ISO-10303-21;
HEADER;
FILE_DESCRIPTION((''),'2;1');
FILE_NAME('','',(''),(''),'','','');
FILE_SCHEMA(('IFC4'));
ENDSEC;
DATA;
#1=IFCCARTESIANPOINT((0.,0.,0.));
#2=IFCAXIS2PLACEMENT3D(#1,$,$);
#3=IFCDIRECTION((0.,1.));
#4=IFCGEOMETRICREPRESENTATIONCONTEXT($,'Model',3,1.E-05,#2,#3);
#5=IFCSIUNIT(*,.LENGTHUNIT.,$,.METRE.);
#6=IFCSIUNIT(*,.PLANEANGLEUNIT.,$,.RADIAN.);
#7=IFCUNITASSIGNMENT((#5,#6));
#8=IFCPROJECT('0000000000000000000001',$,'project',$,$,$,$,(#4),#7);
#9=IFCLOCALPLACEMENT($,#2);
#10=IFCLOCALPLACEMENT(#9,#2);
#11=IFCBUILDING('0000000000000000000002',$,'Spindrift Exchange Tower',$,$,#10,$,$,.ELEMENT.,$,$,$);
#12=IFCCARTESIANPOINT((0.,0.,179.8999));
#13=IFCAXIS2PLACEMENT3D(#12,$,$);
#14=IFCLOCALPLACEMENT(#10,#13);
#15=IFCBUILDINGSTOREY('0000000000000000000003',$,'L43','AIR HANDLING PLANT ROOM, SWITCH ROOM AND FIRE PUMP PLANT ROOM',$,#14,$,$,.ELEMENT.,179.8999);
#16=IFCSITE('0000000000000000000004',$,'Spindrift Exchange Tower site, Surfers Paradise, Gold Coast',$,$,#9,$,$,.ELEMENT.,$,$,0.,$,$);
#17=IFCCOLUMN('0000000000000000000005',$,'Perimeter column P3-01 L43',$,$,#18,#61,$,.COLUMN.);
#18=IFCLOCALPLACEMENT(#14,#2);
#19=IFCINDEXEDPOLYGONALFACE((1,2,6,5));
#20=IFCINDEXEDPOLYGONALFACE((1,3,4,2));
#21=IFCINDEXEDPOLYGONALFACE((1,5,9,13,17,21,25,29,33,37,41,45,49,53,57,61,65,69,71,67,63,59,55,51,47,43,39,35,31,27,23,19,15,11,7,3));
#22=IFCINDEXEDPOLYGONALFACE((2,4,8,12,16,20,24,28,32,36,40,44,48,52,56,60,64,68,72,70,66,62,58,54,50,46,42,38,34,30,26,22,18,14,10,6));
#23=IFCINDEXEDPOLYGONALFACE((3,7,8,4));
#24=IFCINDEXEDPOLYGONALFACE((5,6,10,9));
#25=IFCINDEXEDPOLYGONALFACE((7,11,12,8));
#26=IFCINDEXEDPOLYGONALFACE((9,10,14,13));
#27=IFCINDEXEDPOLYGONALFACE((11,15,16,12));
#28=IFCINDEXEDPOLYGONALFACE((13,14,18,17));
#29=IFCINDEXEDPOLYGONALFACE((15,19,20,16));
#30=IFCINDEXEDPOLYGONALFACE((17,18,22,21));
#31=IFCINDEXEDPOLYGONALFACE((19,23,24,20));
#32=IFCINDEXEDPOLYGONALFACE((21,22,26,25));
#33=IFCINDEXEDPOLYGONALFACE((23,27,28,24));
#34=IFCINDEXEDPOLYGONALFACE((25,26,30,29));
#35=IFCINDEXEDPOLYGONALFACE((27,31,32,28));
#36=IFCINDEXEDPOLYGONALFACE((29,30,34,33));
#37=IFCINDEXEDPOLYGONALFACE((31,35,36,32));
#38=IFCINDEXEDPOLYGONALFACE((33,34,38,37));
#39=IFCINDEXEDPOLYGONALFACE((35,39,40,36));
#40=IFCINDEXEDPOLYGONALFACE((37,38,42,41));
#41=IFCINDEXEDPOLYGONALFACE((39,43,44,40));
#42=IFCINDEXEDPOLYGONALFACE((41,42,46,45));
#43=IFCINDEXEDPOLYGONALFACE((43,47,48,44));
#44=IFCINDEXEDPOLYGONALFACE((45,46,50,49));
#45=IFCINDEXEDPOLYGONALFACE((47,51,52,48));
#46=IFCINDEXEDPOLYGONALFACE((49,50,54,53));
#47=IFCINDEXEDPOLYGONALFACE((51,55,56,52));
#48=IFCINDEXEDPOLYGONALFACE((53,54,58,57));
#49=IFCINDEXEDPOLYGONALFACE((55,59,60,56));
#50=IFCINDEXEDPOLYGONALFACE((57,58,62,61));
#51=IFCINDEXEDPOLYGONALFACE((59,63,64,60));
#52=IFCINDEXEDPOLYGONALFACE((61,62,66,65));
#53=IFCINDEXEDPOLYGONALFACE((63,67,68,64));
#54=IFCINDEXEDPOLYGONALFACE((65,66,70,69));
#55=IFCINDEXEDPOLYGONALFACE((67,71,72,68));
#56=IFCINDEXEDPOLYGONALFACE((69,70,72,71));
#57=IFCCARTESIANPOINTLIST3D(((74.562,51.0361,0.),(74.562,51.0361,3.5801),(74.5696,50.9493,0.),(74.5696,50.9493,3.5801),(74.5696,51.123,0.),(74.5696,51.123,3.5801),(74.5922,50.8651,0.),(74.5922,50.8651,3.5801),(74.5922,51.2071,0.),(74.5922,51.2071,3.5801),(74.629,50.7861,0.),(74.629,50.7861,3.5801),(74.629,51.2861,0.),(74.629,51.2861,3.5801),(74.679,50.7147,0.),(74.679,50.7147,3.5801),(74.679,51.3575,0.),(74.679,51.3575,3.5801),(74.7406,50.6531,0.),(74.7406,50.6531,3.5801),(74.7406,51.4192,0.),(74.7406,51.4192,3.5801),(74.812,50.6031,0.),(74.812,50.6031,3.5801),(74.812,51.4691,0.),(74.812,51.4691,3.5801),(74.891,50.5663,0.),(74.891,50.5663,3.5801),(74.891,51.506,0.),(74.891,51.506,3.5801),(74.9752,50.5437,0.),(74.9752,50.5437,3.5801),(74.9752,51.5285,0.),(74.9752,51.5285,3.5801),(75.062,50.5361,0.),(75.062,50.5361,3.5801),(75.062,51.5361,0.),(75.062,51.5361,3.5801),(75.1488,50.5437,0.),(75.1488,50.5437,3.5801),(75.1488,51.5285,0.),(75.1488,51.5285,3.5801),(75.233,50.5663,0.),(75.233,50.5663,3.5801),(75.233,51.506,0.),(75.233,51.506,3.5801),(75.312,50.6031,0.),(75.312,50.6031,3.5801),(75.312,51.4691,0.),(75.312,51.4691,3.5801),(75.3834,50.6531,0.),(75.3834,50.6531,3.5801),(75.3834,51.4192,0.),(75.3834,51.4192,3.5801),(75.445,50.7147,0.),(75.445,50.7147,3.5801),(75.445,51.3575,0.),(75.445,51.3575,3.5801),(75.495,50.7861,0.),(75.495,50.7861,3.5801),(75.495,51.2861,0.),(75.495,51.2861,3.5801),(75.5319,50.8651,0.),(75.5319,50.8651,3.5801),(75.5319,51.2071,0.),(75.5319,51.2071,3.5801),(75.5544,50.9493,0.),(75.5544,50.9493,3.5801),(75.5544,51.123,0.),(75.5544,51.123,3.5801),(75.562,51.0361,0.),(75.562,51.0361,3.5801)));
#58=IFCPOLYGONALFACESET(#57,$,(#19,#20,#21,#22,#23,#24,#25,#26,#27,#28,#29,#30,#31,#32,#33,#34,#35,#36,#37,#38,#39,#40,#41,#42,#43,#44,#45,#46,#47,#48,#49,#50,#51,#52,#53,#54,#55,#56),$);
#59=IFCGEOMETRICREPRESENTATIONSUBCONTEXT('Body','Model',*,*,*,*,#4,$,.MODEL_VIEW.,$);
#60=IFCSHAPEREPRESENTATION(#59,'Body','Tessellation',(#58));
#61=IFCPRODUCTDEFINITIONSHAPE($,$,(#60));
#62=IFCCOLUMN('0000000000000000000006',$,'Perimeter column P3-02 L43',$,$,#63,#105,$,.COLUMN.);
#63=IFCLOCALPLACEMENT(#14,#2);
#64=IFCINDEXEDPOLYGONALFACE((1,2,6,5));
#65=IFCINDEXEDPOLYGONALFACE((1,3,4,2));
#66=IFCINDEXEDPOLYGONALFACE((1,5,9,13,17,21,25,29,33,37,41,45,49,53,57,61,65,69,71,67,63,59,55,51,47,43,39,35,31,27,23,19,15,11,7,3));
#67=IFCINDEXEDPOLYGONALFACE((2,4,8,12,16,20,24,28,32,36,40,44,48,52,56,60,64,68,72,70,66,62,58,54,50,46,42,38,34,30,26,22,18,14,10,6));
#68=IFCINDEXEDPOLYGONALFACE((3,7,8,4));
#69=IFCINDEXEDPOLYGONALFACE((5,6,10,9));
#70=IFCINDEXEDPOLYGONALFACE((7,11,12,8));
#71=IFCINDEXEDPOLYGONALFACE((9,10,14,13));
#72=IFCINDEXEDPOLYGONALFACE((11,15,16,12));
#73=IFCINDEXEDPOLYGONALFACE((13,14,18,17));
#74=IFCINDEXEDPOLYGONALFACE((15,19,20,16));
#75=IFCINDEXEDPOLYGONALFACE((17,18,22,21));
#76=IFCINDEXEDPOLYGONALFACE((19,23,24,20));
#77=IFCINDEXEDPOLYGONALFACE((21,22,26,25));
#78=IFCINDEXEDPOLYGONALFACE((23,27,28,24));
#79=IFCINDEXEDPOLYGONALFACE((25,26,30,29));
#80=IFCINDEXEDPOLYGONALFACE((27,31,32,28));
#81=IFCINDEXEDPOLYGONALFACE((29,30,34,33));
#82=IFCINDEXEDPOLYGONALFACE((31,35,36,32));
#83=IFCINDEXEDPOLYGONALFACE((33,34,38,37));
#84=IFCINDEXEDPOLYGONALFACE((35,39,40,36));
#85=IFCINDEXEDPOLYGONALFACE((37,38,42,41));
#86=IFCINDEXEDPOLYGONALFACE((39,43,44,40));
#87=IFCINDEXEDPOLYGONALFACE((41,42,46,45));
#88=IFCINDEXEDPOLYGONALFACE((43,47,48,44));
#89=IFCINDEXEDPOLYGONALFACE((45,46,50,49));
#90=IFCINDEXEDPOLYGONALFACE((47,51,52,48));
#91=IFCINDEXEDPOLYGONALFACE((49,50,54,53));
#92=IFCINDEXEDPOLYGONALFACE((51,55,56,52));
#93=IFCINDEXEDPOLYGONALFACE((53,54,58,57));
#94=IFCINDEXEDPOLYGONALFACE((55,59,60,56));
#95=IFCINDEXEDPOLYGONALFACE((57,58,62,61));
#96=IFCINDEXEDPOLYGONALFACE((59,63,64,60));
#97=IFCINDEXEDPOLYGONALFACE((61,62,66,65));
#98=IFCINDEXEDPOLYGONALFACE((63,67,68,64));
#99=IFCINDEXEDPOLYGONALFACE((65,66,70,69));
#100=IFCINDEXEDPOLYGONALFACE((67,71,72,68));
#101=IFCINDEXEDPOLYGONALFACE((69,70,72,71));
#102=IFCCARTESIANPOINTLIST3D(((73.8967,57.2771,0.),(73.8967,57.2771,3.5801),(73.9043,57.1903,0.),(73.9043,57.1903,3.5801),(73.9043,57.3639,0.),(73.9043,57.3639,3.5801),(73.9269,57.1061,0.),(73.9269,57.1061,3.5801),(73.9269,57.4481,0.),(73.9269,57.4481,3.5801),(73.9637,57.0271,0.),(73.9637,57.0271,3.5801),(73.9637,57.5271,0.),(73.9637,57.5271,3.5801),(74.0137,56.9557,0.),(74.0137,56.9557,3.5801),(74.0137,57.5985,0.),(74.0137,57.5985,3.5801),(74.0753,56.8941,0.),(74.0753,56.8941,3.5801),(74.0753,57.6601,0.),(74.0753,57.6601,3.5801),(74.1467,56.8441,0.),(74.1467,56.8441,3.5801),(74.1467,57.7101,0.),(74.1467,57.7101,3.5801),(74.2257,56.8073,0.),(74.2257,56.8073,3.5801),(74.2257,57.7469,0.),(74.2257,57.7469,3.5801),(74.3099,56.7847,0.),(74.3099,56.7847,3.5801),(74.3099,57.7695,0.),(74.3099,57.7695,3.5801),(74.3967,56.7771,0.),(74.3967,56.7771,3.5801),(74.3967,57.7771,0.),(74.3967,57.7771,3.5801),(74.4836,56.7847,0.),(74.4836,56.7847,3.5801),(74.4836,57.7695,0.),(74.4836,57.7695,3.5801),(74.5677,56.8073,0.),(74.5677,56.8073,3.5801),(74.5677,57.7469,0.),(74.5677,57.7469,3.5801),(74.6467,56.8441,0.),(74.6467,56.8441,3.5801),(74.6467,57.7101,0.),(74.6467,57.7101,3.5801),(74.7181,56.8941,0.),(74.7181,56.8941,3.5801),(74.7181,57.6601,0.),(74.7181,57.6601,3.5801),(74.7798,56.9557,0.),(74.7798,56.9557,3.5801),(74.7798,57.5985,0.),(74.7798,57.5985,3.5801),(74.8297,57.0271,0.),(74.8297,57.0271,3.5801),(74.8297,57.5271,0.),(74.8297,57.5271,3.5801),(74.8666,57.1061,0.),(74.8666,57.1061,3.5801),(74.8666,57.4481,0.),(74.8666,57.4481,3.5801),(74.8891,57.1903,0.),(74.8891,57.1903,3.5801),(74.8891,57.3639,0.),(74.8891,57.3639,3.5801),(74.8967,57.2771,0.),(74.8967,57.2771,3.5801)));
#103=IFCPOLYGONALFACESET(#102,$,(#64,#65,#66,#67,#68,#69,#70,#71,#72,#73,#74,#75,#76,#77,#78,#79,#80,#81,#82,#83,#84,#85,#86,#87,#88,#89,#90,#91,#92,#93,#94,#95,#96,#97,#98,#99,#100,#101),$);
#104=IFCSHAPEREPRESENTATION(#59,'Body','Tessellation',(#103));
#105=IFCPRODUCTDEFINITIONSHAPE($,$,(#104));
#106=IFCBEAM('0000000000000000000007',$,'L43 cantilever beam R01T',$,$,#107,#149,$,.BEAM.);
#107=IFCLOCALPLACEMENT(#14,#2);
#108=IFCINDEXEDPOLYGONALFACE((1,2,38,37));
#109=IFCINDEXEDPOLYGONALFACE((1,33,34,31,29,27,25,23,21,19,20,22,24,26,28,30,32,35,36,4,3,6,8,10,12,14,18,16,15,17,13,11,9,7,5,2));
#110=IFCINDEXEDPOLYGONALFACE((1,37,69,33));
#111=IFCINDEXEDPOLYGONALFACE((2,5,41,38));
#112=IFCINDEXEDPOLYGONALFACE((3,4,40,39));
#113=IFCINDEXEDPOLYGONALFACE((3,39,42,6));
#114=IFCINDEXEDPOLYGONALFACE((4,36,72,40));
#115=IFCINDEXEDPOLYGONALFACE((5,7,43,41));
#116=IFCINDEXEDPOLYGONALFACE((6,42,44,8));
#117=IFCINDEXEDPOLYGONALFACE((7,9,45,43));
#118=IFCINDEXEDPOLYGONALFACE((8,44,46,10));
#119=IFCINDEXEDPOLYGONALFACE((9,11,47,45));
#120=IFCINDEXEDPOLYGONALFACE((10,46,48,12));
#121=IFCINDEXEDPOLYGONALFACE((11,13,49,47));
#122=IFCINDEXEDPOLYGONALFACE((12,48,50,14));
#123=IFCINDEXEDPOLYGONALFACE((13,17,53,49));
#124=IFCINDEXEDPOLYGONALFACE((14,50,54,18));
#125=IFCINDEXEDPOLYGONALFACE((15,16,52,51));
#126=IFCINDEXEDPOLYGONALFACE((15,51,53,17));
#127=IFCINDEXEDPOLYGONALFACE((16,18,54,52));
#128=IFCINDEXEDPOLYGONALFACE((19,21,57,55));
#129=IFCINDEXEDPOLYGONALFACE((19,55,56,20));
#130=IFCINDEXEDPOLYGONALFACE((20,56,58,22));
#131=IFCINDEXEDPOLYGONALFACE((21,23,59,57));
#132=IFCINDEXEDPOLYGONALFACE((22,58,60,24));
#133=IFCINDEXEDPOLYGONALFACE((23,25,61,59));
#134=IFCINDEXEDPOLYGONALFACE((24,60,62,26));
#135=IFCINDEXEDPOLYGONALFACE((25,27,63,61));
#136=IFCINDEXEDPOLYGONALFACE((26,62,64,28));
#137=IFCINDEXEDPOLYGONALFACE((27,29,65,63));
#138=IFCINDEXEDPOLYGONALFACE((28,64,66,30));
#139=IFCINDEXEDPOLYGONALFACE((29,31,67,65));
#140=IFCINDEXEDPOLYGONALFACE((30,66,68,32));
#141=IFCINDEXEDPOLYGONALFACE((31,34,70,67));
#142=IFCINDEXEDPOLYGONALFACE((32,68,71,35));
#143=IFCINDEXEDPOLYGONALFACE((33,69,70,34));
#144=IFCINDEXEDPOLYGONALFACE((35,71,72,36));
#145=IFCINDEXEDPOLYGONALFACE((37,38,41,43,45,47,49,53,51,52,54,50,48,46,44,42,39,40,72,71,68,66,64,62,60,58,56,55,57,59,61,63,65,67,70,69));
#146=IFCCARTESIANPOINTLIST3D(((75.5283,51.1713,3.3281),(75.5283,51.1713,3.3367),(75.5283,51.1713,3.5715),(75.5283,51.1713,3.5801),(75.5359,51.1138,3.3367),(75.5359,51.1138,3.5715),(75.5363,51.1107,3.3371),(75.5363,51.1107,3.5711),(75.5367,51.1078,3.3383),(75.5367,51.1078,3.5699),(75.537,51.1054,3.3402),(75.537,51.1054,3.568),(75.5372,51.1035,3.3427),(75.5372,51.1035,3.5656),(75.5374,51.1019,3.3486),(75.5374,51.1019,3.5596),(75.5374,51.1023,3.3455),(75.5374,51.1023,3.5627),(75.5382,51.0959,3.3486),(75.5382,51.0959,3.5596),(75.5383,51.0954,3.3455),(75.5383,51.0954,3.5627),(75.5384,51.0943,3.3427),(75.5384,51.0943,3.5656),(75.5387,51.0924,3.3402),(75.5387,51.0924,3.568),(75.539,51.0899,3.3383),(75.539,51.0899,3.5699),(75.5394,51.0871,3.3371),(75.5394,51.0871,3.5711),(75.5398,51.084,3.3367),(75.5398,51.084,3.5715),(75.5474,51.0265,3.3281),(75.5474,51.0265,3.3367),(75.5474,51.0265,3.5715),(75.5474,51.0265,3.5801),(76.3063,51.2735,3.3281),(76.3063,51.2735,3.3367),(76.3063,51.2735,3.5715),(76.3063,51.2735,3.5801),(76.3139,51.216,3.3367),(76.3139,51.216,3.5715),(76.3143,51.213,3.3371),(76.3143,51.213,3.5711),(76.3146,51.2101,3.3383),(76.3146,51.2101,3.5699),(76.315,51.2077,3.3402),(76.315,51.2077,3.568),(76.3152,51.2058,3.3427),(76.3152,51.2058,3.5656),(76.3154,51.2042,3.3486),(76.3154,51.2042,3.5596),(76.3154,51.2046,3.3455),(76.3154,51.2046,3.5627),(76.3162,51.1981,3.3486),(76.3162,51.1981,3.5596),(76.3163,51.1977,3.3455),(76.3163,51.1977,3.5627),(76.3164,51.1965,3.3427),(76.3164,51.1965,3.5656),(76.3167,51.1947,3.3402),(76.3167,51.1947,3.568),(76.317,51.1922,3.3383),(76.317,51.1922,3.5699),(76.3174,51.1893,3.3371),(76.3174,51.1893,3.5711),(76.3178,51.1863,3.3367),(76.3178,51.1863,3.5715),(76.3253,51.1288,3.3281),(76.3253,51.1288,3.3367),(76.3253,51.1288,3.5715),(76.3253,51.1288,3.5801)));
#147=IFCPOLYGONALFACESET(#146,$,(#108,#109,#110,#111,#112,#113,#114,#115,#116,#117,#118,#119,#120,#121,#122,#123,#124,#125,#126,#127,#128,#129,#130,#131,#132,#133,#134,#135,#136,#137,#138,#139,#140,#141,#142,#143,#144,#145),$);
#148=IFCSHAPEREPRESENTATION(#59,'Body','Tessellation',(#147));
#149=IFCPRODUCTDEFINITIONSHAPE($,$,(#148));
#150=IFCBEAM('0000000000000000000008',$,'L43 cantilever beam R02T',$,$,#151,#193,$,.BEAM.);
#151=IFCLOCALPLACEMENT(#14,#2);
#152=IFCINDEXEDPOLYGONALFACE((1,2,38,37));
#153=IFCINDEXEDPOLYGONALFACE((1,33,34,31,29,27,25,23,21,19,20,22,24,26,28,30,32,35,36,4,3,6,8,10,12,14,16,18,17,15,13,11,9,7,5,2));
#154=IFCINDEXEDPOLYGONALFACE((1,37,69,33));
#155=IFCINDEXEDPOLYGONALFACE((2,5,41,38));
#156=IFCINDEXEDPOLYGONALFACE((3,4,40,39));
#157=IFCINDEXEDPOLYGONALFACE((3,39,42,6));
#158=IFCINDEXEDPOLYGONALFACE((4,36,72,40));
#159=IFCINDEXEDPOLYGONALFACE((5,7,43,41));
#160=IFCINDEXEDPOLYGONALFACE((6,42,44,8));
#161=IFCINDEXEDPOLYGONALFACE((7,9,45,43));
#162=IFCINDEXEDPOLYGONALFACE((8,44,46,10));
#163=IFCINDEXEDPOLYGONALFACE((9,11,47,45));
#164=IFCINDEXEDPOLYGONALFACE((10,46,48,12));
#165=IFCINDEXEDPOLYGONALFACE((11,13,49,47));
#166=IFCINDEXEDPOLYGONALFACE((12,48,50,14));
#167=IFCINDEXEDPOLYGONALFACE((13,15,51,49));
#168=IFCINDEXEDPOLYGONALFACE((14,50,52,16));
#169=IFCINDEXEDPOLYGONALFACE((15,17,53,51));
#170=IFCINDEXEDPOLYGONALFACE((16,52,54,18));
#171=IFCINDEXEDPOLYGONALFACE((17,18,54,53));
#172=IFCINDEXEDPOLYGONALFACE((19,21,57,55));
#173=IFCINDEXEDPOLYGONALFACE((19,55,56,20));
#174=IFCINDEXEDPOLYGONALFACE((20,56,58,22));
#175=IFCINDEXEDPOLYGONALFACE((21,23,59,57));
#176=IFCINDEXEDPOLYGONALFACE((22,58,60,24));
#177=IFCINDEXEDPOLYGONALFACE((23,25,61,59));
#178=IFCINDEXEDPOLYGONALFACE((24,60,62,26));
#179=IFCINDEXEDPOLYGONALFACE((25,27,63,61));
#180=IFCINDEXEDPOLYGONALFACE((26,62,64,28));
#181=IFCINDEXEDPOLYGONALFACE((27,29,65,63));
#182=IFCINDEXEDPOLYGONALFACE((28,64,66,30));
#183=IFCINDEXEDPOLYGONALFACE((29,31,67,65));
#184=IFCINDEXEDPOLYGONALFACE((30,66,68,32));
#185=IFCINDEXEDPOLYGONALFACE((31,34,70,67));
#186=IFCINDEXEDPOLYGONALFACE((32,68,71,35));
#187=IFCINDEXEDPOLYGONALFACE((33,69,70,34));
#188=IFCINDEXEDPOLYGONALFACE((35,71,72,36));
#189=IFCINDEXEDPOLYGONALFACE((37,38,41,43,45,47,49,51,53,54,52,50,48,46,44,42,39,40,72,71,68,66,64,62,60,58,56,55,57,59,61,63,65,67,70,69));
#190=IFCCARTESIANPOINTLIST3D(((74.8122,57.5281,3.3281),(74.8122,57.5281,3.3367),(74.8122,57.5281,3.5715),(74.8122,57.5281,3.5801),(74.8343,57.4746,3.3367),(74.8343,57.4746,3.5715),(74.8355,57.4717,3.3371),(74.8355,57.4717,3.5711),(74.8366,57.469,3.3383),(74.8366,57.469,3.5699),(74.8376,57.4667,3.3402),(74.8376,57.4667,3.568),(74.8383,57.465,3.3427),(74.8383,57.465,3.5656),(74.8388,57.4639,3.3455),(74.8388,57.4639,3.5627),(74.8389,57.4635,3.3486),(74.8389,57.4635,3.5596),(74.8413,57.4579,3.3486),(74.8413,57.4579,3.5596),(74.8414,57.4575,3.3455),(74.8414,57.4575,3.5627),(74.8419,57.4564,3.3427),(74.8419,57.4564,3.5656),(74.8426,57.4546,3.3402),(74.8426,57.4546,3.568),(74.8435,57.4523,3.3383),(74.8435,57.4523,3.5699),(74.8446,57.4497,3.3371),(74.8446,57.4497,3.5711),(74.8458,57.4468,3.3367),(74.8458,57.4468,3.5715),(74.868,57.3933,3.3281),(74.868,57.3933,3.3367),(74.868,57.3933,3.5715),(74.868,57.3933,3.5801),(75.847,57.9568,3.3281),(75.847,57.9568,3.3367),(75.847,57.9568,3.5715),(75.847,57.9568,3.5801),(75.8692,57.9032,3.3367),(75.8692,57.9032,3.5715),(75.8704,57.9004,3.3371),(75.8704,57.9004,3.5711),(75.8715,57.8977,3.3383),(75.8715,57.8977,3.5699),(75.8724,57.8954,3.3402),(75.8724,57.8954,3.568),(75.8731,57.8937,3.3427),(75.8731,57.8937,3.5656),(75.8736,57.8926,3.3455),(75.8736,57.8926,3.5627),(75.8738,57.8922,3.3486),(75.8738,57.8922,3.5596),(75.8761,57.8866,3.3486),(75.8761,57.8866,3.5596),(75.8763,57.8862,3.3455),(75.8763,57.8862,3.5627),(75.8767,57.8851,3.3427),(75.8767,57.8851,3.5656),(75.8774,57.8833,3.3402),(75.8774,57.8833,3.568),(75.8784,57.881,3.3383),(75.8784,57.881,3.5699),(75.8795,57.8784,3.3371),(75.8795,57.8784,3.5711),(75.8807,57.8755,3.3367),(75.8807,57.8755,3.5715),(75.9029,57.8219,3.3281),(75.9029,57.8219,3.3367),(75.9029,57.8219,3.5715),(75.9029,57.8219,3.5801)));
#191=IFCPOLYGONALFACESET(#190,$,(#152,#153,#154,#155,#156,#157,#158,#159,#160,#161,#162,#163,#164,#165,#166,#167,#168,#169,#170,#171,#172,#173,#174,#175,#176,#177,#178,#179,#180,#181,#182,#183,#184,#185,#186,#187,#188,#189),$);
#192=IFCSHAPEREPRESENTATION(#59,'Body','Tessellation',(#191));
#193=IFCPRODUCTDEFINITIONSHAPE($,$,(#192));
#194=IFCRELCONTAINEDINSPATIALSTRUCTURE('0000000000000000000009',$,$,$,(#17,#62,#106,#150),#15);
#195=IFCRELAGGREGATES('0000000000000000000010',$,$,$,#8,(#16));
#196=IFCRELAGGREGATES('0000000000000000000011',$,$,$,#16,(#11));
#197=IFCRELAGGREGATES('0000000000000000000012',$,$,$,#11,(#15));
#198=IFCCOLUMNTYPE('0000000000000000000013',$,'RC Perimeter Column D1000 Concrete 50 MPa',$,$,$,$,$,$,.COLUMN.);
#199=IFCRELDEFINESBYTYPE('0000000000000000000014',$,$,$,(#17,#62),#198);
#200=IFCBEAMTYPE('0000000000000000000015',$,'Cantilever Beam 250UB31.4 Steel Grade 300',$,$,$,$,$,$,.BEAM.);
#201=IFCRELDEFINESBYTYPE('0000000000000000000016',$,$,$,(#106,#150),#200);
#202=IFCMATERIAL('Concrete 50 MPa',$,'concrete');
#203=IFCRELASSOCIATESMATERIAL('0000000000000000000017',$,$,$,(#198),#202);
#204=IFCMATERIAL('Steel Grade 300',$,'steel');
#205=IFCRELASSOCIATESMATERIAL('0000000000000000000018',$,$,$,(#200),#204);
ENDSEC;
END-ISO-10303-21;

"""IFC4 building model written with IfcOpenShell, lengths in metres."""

from ifc_helpers import new_model, si_unit, direction, frame, origin, origin_2d, place, context, subcontext, project, spatial, circle, i_section, extrude, source, transform, mapped, material, material_profile, profile_set, type_object, element, save


model = new_model("IFC4")

# Units and contexts
model_context = context("Model", 3, precision=1e-05, world=origin(), true_north=direction((0.0, 1.0)))
body_context = subcontext(model_context, "Body", "Model", "MODEL_VIEW")
ifc_project = project(units=[si_unit("LENGTHUNIT", "METRE"), si_unit("PLANEANGLEUNIT", "RADIAN")], contexts=[model_context])

# Site, building, storey
site_placement = place(None, origin())
site = spatial("IfcSite", under=ifc_project, at=site_placement, Name="Spindrift Exchange Tower site, Surfers Paradise, Gold Coast", CompositionType="ELEMENT", RefElevation=0.0)
building_placement = place(site_placement, origin())
building = spatial("IfcBuilding", under=site, at=building_placement, Name="Spindrift Exchange Tower", CompositionType="ELEMENT")
storey_placement = place(building_placement, frame((0.0, 0.0, 179.8999)))
storey = spatial("IfcBuildingStorey", under=building, at=storey_placement, Name="L43", Description="AIR HANDLING PLANT ROOM, SWITCH ROOM AND FIRE PUMP PLANT ROOM", CompositionType="ELEMENT", Elevation=179.8999)

# Columns
ifc_material_1 = material(Name="Concrete 50 MPa", Category="concrete")
ifc_material_profile_1 = material_profile(ifc_material_1, circle(Radius=0.5, at=origin_2d()), Name="RC D1000")
ifc_profile_set_1 = profile_set([ifc_material_profile_1], Name="Concrete 50 MPa")
column_type = type_object("IfcColumnType", Name="RC Perimeter Column D1000 Concrete 50 MPa", PredefinedType="COLUMN", material=ifc_profile_set_1)
shared_shape_1 = source(origin(), body_context, "Body", "SweptSolid", [
    extrude(circle(Radius=0.5, at=origin_2d()), origin(), (0.0, 0.0, 1.0), 3.5801),
])
for number, where, z_axis, x_axis, name in (
    (1, (75.062, 51.0361, 0.0), (0.0, 0.0, 1.0), (1.0, 0.0, 0.0), "Perimeter column P3-01 L43"),
    (2, (74.3967, 57.2771, 0.0), (0.0, 0.0, 1.0), (1.0, 0.0, 0.0), "Perimeter column P3-02 L43"),
):
    element("IfcColumn", number, at=place(storey_placement, frame(where, z_axis=z_axis, x_axis=x_axis)), inside=storey, type_object=column_type, Name=name, PredefinedType="COLUMN", context=body_context, shape_type="MappedRepresentation", body=[
        mapped(shared_shape_1, transform((0.0, 0.0, 0.0), scale=1.0)),
    ])

# Beams
ifc_material_2 = material(Name="Steel Grade 300", Category="steel")
ifc_material_profile_2 = material_profile(ifc_material_2, i_section(OverallWidth=0.146, OverallDepth=0.252, WebThickness=0.0061, FlangeThickness=0.0085, FilletRadius=0.012, at=origin_2d()), Name="250UB31.4")
ifc_profile_set_2 = profile_set([ifc_material_profile_2], Name="Steel Grade 300")
beam_type_1 = type_object("IfcBeamType", Name="Cantilever Beam 250UB31.4 Steel Grade 300", PredefinedType="BEAM", material=ifc_profile_set_2)
shared_shape_2 = source(origin(), body_context, "Body", "SweptSolid", [
    extrude(i_section(OverallWidth=0.146, OverallDepth=0.252, WebThickness=0.0061, FlangeThickness=0.0085, FilletRadius=0.012, at=origin_2d()), origin(), (0.0, 0.0, 1.0), 0.7847),
])
beam_1_placement = place(storey_placement, frame((75.5378, 51.0989, 3.4541), z_axis=(0.991468, 0.13035, 0.0), x_axis=(-0.13035, 0.991468, 0.0)))
element("IfcBeam", 3, at=beam_1_placement, inside=storey, type_object=beam_type_1, Name="L43 cantilever beam R01T", PredefinedType="BEAM", context=body_context, shape_type="MappedRepresentation", body=[
    mapped(shared_shape_2, transform((0.0, 0.0, 0.0), scale=1.0)),
])
shared_shape_3 = source(origin(), body_context, "Body", "SweptSolid", [
    extrude(i_section(OverallWidth=0.146, OverallDepth=0.252, WebThickness=0.0061, FlangeThickness=0.0085, FilletRadius=0.012, at=origin_2d()), origin(), (0.0, 0.0, 1.0), 1.1201),
])
beam_2_placement = place(storey_placement, frame((74.8401, 57.4607, 3.4541), z_axis=(0.923868, 0.382711, 0.0), x_axis=(-0.382711, 0.923868, 0.0)))
element("IfcBeam", 4, at=beam_2_placement, inside=storey, type_object=beam_type_1, Name="L43 cantilever beam R02T", PredefinedType="BEAM", context=body_context, shape_type="MappedRepresentation", body=[
    mapped(shared_shape_3, transform((0.0, 0.0, 0.0), scale=1.0)),
])

save(model, "model.ifc")
